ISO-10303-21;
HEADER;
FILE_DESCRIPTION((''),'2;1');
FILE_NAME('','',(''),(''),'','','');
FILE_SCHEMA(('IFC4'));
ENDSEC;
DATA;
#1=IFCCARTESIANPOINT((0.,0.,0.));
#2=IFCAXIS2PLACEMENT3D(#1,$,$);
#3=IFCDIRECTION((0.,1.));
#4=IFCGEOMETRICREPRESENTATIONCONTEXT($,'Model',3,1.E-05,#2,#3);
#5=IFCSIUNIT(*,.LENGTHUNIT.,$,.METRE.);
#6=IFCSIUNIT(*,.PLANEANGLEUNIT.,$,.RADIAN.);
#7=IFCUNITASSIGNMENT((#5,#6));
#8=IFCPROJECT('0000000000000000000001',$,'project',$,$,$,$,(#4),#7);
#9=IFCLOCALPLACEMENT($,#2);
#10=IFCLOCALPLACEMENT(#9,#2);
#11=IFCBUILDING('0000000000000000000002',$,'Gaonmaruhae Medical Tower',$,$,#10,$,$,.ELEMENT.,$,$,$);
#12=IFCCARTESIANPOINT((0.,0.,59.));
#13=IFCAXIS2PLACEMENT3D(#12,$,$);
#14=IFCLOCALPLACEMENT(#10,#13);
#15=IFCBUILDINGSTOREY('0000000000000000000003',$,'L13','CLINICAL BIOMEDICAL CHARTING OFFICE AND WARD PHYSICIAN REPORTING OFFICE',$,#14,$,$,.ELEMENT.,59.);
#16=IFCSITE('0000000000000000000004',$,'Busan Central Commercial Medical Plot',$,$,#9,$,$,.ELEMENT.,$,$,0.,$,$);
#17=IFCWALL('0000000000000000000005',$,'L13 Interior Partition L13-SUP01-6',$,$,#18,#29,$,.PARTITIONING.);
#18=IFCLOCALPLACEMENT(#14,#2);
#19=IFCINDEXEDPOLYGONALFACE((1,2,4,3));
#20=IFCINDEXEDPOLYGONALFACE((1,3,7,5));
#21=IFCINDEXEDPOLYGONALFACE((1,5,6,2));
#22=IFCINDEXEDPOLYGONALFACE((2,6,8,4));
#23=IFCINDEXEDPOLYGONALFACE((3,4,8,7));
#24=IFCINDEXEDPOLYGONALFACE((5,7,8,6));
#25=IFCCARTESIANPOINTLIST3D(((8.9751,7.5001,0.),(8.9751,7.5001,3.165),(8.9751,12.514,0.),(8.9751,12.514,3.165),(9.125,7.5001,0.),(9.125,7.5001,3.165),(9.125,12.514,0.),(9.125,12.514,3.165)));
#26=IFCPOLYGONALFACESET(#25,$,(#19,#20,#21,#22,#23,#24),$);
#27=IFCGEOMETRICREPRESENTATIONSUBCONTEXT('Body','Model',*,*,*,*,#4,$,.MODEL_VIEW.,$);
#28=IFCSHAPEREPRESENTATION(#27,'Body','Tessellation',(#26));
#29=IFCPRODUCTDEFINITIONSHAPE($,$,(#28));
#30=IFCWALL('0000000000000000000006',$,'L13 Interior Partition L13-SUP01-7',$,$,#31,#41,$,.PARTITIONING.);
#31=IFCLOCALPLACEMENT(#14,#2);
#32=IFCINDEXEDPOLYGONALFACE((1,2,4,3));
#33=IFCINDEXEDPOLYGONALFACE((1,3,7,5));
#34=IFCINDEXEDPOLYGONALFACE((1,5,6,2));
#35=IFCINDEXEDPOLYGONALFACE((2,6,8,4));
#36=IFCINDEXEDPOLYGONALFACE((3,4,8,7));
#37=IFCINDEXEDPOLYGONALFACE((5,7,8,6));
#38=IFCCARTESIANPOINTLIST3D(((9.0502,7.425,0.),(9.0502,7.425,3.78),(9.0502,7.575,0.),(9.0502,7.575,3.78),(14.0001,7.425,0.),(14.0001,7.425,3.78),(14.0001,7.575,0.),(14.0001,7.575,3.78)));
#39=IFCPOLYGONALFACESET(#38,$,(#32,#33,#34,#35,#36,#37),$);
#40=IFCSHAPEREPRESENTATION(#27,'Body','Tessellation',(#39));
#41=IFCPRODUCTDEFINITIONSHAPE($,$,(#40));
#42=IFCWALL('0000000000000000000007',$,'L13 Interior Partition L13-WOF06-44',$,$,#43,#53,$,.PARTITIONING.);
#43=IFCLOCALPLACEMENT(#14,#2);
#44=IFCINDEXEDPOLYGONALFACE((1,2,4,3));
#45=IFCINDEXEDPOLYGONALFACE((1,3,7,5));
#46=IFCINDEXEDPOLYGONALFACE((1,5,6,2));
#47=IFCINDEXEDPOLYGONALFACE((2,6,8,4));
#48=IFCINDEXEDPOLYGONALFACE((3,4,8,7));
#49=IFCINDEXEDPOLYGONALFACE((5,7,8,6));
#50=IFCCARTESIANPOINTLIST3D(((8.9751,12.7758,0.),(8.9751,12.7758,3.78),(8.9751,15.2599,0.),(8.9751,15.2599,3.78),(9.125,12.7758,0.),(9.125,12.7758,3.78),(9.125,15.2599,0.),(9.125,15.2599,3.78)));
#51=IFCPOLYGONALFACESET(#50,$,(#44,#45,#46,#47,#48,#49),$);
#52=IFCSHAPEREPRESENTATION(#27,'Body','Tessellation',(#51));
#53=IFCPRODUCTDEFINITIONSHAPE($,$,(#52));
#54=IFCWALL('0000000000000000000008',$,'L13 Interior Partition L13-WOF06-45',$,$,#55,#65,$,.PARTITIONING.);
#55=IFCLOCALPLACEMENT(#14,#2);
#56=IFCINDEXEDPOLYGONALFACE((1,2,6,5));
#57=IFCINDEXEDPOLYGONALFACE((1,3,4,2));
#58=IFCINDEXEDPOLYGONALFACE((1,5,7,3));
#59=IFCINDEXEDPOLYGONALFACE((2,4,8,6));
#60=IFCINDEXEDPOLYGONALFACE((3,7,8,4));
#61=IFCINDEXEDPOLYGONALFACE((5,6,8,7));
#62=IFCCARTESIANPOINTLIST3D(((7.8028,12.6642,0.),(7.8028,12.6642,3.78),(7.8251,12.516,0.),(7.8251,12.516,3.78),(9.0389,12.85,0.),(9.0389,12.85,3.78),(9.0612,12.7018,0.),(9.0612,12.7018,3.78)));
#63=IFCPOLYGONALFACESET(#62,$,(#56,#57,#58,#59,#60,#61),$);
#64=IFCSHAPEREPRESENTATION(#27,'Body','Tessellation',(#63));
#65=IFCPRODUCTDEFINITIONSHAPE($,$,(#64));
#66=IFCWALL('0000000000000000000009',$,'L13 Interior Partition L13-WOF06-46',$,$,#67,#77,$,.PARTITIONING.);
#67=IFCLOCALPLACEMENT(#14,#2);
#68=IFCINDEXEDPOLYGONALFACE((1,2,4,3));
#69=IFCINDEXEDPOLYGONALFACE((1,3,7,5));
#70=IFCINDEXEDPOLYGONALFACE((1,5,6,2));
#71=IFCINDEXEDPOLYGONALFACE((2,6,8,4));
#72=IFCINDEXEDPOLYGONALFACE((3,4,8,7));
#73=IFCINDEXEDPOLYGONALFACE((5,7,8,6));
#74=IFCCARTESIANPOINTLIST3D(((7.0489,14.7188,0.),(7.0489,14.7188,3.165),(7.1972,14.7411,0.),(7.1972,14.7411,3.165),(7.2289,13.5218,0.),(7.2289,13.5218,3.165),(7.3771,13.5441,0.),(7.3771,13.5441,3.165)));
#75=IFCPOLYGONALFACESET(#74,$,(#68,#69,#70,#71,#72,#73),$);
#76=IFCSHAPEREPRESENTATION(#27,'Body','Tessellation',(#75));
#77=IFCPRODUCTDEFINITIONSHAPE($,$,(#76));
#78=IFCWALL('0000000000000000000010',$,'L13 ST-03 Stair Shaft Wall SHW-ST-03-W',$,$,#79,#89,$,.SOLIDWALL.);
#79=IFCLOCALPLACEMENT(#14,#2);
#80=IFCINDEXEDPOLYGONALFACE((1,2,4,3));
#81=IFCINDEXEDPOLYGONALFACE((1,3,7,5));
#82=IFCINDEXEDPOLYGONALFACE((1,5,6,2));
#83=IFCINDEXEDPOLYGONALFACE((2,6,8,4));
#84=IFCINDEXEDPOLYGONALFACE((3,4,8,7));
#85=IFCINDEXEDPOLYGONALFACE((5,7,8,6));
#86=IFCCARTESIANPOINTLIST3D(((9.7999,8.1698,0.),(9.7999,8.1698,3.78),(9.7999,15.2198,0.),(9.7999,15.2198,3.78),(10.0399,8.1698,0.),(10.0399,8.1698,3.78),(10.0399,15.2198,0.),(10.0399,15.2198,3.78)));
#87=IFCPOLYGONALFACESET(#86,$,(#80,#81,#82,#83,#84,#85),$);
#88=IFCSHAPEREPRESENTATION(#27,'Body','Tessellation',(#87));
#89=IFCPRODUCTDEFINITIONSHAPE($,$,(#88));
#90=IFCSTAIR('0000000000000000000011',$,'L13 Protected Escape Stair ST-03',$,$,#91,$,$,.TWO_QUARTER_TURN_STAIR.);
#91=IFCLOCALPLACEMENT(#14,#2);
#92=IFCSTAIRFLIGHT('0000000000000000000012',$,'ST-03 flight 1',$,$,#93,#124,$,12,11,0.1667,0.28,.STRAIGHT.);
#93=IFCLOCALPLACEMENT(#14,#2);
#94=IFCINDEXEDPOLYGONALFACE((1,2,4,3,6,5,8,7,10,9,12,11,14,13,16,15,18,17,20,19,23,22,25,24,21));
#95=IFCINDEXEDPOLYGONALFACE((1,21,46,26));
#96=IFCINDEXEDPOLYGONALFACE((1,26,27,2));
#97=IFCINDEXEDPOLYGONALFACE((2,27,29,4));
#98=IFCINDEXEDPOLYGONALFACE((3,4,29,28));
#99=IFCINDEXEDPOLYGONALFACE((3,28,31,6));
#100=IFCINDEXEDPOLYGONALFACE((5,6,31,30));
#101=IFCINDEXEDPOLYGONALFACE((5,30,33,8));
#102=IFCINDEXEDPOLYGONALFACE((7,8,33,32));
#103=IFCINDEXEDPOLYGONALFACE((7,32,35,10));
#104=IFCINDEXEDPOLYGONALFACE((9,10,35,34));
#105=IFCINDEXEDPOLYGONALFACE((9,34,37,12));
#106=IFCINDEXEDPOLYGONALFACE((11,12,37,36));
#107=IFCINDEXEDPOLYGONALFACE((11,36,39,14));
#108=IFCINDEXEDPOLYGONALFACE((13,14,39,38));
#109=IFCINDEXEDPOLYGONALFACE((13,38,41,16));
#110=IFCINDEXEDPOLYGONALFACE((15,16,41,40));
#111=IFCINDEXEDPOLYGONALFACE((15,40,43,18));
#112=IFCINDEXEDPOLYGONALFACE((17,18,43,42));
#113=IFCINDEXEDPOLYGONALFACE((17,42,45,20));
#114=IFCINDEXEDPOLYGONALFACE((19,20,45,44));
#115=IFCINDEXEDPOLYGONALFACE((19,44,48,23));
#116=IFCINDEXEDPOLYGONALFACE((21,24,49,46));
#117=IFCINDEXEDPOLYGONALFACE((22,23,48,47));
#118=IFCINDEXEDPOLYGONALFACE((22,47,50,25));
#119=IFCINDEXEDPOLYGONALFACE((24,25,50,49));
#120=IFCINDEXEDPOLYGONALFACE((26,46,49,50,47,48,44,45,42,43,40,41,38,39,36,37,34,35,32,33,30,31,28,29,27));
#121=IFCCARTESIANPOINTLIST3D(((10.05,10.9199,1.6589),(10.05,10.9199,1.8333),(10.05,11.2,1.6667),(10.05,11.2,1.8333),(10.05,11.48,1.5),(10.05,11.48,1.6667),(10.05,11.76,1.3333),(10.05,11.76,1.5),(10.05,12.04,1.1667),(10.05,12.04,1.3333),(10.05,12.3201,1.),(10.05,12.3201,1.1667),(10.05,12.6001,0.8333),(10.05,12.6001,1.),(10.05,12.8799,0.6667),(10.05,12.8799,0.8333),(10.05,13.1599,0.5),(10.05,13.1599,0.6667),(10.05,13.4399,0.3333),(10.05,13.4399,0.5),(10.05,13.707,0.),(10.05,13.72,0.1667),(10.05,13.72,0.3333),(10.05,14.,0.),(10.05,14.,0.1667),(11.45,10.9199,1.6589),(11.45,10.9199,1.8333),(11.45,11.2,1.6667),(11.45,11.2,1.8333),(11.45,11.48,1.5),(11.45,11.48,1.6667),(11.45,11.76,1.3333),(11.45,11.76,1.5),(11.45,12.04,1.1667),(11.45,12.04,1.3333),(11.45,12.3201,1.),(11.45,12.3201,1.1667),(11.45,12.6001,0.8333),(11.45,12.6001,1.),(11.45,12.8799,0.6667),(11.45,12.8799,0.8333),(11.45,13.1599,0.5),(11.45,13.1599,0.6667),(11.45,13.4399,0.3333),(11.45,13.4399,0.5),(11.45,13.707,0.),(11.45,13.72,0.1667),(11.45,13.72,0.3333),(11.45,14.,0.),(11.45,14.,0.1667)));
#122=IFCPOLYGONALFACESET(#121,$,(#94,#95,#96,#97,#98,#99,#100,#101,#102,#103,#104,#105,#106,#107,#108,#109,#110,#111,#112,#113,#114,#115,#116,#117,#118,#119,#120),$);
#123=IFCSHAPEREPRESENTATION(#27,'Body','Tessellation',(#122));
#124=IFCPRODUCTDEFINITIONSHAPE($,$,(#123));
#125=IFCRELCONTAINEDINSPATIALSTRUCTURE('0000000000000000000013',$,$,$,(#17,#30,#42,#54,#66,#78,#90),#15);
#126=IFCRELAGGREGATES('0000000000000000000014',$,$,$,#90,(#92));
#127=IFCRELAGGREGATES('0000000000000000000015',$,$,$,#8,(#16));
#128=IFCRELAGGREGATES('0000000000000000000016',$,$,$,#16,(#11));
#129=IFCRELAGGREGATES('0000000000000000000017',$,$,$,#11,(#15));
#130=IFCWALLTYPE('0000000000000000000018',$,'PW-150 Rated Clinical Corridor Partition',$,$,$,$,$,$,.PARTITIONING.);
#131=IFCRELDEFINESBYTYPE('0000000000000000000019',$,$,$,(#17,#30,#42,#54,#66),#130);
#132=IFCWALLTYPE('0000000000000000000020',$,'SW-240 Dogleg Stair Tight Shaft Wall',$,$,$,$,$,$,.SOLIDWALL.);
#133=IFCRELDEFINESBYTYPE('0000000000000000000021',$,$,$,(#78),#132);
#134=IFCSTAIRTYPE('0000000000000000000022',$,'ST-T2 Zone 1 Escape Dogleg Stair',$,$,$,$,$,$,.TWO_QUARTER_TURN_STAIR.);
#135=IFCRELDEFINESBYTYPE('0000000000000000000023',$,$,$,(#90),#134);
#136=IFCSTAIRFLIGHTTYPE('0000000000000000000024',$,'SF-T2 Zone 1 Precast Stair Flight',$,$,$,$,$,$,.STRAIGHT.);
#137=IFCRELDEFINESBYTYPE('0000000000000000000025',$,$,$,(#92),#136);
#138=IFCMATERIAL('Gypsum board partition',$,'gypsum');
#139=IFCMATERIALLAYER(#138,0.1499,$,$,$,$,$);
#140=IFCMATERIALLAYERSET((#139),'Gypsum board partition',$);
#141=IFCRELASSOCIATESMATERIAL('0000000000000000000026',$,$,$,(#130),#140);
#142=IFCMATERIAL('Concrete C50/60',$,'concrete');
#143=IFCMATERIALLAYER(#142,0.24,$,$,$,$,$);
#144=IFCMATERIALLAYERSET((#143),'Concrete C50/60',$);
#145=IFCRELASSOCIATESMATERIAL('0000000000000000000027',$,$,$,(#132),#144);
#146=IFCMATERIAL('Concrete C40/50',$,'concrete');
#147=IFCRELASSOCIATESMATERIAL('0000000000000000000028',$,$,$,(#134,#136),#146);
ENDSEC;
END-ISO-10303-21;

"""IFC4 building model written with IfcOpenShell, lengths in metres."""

from ifc_helpers import new_model, si_unit, direction, frame, frame_2d, origin, place, context, subcontext, project, spatial, polyline, rectangle, outline, extrude, material, layer, layer_set, type_object, element, aggregate, save


model = new_model("IFC4")

# Units and contexts
model_context = context("Model", 3, precision=1e-05, world=origin(), true_north=direction((0.0, 1.0)))
body_context = subcontext(model_context, "Body", "Model", "MODEL_VIEW")
ifc_project = project(units=[si_unit("LENGTHUNIT", "METRE"), si_unit("PLANEANGLEUNIT", "RADIAN")], contexts=[model_context])

# Site, building, storey
site_placement = place(None, origin())
site = spatial("IfcSite", under=ifc_project, at=site_placement, Name="Busan Central Commercial Medical Plot", CompositionType="ELEMENT", RefElevation=0.0)
building_placement = place(site_placement, origin())
building = spatial("IfcBuilding", under=site, at=building_placement, Name="Gaonmaruhae Medical Tower", CompositionType="ELEMENT")
storey_placement = place(building_placement, frame((0.0, 0.0, 59.0)))
storey = spatial("IfcBuildingStorey", under=building, at=storey_placement, Name="L13", Description="CLINICAL BIOMEDICAL CHARTING OFFICE AND WARD PHYSICIAN REPORTING OFFICE", CompositionType="ELEMENT", Elevation=59.0)

# Walls
ifc_material_1 = material(Name="Gypsum board partition", Category="gypsum")
ifc_layer_1 = layer(ifc_material_1, 0.1499)
ifc_layer_set_1 = layer_set([ifc_layer_1], Name="Gypsum board partition")
wall_type_1 = type_object("IfcWallType", Name="PW-150 Rated Clinical Corridor Partition", PredefinedType="PARTITIONING", material=ifc_layer_set_1)
wall_1_placement = place(storey_placement, frame((9.05, 12.5139, 0.0), z_axis=(0.0, 0.0, 1.0), x_axis=(0.0, -1.0, 0.0)))
element("IfcWall", 1, at=wall_1_placement, inside=storey, type_object=wall_type_1, Name="L13 Interior Partition L13-SUP01-6", PredefinedType="PARTITIONING", context=body_context, shape_type="SweptSolid", body=[
    extrude(rectangle(XDim=5.0139, YDim=0.1499, at=frame_2d((2.5068, 0.0))), origin(), (0.0, 0.0, 1.0), 3.165),
])
wall_2_placement = place(storey_placement, frame((9.05, 7.5, 0.0), z_axis=(0.0, 0.0, 1.0), x_axis=(1.0, 0.0, 0.0)))
element("IfcWall", 2, at=wall_2_placement, inside=storey, type_object=wall_type_1, Name="L13 Interior Partition L13-SUP01-7", PredefinedType="PARTITIONING", context=body_context, shape_type="SweptSolid", body=[
    extrude(rectangle(XDim=4.95, YDim=0.1499, at=frame_2d((2.4751, 0.0))), origin(), (0.0, 0.0, 1.0), 3.78),
])
wall_3_placement = place(storey_placement, frame((9.05, 15.26, 0.0), z_axis=(0.0, 0.0, 1.0), x_axis=(0.0, -1.0, 0.0)))
element("IfcWall", 3, at=wall_3_placement, inside=storey, type_object=wall_type_1, Name="L13 Interior Partition L13-WOF06-44", PredefinedType="PARTITIONING", context=body_context, shape_type="SweptSolid", body=[
    extrude(rectangle(XDim=2.4841, YDim=0.1499, at=frame_2d((1.2422, 0.0))), origin(), (0.0, 0.0, 1.0), 3.78),
])
wall_4_placement = place(storey_placement, frame((9.05, 12.7759, 0.0), z_axis=(0.0, 0.0, 1.0), x_axis=(-0.988892, -0.148637, 0.0)))
element("IfcWall", 4, at=wall_4_placement, inside=storey, type_object=wall_type_1, Name="L13 Interior Partition L13-WOF06-45", PredefinedType="PARTITIONING", context=body_context, shape_type="SweptSolid", body=[
    extrude(rectangle(XDim=1.25, YDim=0.1499, at=frame_2d((0.625, 0.0))), origin(), (0.0, 0.0, 1.0), 3.78),
])
wall_5_placement = place(storey_placement, frame((7.303, 13.533, 0.0), z_axis=(0.0, 0.0, 1.0), x_axis=(-0.148646, 0.98889, 0.0)))
element("IfcWall", 5, at=wall_5_placement, inside=storey, type_object=wall_type_1, Name="L13 Interior Partition L13-WOF06-46", PredefinedType="PARTITIONING", context=body_context, shape_type="SweptSolid", body=[
    extrude(rectangle(XDim=1.2104, YDim=0.1499, at=frame_2d((0.6052, 0.0))), origin(), (0.0, 0.0, 1.0), 3.165),
])

# Shared definitions
ifc_material_2 = material(Name="Concrete C50/60", Category="concrete")
ifc_layer_2 = layer(ifc_material_2, 0.24)
ifc_layer_set_2 = layer_set([ifc_layer_2], Name="Concrete C50/60")
wall_type_2 = type_object("IfcWallType", Name="SW-240 Dogleg Stair Tight Shaft Wall", PredefinedType="SOLIDWALL", material=ifc_layer_set_2)

# Wall
wall_6_placement = place(storey_placement, frame((9.9199, 8.1699, 0.0), z_axis=(0.0, 0.0, 1.0), x_axis=(0.0, 1.0, 0.0)))
element("IfcWall", 6, at=wall_6_placement, inside=storey, type_object=wall_type_2, Name="L13 ST-03 Stair Shaft Wall SHW-ST-03-W", PredefinedType="SOLIDWALL", context=body_context, shape_type="SweptSolid", body=[
    extrude(rectangle(XDim=7.05, YDim=0.24, at=frame_2d((3.5249, 0.0))), origin(), (0.0, 0.0, 1.0), 3.78),
])

# Stair, stair flight
ifc_material_3 = material(Name="Concrete C40/50", Category="concrete")
stair_type = type_object("IfcStairType", Name="ST-T2 Zone 1 Escape Dogleg Stair", PredefinedType="TWO_QUARTER_TURN_STAIR", material=ifc_material_3)
stair_placement = place(storey_placement, origin())
stair = element("IfcStair", 7, at=stair_placement, inside=storey, type_object=stair_type, Name="L13 Protected Escape Stair ST-03", PredefinedType="TWO_QUARTER_TURN_STAIR")
stair_flight_type = type_object("IfcStairFlightType", Name="SF-T2 Zone 1 Precast Stair Flight", PredefinedType="STRAIGHT", material=ifc_material_3)
stair_flight_placement = place(storey_placement, frame((10.75, 14.0, 0.0), z_axis=(0.0, 0.0, 1.0), x_axis=(0.0, -1.0, 0.0)))
stair_flight = element("IfcStairFlight", 8, at=stair_flight_placement, type_object=stair_flight_type, Name="ST-03 flight 1", NumberOfRisers=12, NumberOfTreads=11, PredefinedType="STRAIGHT", RiserHeight=0.1667, TreadLength=0.28, context=body_context, shape_type="SweptSolid", body=[
    extrude(outline(polyline([(0.0, 0.0), (0.0, 0.1667), (0.28, 0.1667), (0.28, 0.3333), (0.5601, 0.3333), (0.5601, 0.5), (0.8401, 0.5), (0.8401, 0.6667), (1.1201, 0.6667), (1.1201, 0.8333), (1.3999, 0.8333), (1.3999, 1.0), (1.6799, 1.0), (1.6799, 1.1667), (1.96, 1.1667), (1.96, 1.3333), (2.24, 1.3333), (2.24, 1.5), (2.52, 1.5), (2.52, 1.6667), (2.8, 1.6667), (2.8, 1.8333), (3.0801, 1.8333), (3.0801, 2.0), (3.0801, 1.6589), (0.293, 0.0), (0.0, 0.0)])), frame((0.0, 0.7, 0.0), z_axis=(0.0, -1.0, 0.0), x_axis=(1.0, 0.0, 0.0)), (0.0, 0.0, 1.0), 1.3999),
])
aggregate(stair, [stair_flight])

save(model, "model.ifc")
